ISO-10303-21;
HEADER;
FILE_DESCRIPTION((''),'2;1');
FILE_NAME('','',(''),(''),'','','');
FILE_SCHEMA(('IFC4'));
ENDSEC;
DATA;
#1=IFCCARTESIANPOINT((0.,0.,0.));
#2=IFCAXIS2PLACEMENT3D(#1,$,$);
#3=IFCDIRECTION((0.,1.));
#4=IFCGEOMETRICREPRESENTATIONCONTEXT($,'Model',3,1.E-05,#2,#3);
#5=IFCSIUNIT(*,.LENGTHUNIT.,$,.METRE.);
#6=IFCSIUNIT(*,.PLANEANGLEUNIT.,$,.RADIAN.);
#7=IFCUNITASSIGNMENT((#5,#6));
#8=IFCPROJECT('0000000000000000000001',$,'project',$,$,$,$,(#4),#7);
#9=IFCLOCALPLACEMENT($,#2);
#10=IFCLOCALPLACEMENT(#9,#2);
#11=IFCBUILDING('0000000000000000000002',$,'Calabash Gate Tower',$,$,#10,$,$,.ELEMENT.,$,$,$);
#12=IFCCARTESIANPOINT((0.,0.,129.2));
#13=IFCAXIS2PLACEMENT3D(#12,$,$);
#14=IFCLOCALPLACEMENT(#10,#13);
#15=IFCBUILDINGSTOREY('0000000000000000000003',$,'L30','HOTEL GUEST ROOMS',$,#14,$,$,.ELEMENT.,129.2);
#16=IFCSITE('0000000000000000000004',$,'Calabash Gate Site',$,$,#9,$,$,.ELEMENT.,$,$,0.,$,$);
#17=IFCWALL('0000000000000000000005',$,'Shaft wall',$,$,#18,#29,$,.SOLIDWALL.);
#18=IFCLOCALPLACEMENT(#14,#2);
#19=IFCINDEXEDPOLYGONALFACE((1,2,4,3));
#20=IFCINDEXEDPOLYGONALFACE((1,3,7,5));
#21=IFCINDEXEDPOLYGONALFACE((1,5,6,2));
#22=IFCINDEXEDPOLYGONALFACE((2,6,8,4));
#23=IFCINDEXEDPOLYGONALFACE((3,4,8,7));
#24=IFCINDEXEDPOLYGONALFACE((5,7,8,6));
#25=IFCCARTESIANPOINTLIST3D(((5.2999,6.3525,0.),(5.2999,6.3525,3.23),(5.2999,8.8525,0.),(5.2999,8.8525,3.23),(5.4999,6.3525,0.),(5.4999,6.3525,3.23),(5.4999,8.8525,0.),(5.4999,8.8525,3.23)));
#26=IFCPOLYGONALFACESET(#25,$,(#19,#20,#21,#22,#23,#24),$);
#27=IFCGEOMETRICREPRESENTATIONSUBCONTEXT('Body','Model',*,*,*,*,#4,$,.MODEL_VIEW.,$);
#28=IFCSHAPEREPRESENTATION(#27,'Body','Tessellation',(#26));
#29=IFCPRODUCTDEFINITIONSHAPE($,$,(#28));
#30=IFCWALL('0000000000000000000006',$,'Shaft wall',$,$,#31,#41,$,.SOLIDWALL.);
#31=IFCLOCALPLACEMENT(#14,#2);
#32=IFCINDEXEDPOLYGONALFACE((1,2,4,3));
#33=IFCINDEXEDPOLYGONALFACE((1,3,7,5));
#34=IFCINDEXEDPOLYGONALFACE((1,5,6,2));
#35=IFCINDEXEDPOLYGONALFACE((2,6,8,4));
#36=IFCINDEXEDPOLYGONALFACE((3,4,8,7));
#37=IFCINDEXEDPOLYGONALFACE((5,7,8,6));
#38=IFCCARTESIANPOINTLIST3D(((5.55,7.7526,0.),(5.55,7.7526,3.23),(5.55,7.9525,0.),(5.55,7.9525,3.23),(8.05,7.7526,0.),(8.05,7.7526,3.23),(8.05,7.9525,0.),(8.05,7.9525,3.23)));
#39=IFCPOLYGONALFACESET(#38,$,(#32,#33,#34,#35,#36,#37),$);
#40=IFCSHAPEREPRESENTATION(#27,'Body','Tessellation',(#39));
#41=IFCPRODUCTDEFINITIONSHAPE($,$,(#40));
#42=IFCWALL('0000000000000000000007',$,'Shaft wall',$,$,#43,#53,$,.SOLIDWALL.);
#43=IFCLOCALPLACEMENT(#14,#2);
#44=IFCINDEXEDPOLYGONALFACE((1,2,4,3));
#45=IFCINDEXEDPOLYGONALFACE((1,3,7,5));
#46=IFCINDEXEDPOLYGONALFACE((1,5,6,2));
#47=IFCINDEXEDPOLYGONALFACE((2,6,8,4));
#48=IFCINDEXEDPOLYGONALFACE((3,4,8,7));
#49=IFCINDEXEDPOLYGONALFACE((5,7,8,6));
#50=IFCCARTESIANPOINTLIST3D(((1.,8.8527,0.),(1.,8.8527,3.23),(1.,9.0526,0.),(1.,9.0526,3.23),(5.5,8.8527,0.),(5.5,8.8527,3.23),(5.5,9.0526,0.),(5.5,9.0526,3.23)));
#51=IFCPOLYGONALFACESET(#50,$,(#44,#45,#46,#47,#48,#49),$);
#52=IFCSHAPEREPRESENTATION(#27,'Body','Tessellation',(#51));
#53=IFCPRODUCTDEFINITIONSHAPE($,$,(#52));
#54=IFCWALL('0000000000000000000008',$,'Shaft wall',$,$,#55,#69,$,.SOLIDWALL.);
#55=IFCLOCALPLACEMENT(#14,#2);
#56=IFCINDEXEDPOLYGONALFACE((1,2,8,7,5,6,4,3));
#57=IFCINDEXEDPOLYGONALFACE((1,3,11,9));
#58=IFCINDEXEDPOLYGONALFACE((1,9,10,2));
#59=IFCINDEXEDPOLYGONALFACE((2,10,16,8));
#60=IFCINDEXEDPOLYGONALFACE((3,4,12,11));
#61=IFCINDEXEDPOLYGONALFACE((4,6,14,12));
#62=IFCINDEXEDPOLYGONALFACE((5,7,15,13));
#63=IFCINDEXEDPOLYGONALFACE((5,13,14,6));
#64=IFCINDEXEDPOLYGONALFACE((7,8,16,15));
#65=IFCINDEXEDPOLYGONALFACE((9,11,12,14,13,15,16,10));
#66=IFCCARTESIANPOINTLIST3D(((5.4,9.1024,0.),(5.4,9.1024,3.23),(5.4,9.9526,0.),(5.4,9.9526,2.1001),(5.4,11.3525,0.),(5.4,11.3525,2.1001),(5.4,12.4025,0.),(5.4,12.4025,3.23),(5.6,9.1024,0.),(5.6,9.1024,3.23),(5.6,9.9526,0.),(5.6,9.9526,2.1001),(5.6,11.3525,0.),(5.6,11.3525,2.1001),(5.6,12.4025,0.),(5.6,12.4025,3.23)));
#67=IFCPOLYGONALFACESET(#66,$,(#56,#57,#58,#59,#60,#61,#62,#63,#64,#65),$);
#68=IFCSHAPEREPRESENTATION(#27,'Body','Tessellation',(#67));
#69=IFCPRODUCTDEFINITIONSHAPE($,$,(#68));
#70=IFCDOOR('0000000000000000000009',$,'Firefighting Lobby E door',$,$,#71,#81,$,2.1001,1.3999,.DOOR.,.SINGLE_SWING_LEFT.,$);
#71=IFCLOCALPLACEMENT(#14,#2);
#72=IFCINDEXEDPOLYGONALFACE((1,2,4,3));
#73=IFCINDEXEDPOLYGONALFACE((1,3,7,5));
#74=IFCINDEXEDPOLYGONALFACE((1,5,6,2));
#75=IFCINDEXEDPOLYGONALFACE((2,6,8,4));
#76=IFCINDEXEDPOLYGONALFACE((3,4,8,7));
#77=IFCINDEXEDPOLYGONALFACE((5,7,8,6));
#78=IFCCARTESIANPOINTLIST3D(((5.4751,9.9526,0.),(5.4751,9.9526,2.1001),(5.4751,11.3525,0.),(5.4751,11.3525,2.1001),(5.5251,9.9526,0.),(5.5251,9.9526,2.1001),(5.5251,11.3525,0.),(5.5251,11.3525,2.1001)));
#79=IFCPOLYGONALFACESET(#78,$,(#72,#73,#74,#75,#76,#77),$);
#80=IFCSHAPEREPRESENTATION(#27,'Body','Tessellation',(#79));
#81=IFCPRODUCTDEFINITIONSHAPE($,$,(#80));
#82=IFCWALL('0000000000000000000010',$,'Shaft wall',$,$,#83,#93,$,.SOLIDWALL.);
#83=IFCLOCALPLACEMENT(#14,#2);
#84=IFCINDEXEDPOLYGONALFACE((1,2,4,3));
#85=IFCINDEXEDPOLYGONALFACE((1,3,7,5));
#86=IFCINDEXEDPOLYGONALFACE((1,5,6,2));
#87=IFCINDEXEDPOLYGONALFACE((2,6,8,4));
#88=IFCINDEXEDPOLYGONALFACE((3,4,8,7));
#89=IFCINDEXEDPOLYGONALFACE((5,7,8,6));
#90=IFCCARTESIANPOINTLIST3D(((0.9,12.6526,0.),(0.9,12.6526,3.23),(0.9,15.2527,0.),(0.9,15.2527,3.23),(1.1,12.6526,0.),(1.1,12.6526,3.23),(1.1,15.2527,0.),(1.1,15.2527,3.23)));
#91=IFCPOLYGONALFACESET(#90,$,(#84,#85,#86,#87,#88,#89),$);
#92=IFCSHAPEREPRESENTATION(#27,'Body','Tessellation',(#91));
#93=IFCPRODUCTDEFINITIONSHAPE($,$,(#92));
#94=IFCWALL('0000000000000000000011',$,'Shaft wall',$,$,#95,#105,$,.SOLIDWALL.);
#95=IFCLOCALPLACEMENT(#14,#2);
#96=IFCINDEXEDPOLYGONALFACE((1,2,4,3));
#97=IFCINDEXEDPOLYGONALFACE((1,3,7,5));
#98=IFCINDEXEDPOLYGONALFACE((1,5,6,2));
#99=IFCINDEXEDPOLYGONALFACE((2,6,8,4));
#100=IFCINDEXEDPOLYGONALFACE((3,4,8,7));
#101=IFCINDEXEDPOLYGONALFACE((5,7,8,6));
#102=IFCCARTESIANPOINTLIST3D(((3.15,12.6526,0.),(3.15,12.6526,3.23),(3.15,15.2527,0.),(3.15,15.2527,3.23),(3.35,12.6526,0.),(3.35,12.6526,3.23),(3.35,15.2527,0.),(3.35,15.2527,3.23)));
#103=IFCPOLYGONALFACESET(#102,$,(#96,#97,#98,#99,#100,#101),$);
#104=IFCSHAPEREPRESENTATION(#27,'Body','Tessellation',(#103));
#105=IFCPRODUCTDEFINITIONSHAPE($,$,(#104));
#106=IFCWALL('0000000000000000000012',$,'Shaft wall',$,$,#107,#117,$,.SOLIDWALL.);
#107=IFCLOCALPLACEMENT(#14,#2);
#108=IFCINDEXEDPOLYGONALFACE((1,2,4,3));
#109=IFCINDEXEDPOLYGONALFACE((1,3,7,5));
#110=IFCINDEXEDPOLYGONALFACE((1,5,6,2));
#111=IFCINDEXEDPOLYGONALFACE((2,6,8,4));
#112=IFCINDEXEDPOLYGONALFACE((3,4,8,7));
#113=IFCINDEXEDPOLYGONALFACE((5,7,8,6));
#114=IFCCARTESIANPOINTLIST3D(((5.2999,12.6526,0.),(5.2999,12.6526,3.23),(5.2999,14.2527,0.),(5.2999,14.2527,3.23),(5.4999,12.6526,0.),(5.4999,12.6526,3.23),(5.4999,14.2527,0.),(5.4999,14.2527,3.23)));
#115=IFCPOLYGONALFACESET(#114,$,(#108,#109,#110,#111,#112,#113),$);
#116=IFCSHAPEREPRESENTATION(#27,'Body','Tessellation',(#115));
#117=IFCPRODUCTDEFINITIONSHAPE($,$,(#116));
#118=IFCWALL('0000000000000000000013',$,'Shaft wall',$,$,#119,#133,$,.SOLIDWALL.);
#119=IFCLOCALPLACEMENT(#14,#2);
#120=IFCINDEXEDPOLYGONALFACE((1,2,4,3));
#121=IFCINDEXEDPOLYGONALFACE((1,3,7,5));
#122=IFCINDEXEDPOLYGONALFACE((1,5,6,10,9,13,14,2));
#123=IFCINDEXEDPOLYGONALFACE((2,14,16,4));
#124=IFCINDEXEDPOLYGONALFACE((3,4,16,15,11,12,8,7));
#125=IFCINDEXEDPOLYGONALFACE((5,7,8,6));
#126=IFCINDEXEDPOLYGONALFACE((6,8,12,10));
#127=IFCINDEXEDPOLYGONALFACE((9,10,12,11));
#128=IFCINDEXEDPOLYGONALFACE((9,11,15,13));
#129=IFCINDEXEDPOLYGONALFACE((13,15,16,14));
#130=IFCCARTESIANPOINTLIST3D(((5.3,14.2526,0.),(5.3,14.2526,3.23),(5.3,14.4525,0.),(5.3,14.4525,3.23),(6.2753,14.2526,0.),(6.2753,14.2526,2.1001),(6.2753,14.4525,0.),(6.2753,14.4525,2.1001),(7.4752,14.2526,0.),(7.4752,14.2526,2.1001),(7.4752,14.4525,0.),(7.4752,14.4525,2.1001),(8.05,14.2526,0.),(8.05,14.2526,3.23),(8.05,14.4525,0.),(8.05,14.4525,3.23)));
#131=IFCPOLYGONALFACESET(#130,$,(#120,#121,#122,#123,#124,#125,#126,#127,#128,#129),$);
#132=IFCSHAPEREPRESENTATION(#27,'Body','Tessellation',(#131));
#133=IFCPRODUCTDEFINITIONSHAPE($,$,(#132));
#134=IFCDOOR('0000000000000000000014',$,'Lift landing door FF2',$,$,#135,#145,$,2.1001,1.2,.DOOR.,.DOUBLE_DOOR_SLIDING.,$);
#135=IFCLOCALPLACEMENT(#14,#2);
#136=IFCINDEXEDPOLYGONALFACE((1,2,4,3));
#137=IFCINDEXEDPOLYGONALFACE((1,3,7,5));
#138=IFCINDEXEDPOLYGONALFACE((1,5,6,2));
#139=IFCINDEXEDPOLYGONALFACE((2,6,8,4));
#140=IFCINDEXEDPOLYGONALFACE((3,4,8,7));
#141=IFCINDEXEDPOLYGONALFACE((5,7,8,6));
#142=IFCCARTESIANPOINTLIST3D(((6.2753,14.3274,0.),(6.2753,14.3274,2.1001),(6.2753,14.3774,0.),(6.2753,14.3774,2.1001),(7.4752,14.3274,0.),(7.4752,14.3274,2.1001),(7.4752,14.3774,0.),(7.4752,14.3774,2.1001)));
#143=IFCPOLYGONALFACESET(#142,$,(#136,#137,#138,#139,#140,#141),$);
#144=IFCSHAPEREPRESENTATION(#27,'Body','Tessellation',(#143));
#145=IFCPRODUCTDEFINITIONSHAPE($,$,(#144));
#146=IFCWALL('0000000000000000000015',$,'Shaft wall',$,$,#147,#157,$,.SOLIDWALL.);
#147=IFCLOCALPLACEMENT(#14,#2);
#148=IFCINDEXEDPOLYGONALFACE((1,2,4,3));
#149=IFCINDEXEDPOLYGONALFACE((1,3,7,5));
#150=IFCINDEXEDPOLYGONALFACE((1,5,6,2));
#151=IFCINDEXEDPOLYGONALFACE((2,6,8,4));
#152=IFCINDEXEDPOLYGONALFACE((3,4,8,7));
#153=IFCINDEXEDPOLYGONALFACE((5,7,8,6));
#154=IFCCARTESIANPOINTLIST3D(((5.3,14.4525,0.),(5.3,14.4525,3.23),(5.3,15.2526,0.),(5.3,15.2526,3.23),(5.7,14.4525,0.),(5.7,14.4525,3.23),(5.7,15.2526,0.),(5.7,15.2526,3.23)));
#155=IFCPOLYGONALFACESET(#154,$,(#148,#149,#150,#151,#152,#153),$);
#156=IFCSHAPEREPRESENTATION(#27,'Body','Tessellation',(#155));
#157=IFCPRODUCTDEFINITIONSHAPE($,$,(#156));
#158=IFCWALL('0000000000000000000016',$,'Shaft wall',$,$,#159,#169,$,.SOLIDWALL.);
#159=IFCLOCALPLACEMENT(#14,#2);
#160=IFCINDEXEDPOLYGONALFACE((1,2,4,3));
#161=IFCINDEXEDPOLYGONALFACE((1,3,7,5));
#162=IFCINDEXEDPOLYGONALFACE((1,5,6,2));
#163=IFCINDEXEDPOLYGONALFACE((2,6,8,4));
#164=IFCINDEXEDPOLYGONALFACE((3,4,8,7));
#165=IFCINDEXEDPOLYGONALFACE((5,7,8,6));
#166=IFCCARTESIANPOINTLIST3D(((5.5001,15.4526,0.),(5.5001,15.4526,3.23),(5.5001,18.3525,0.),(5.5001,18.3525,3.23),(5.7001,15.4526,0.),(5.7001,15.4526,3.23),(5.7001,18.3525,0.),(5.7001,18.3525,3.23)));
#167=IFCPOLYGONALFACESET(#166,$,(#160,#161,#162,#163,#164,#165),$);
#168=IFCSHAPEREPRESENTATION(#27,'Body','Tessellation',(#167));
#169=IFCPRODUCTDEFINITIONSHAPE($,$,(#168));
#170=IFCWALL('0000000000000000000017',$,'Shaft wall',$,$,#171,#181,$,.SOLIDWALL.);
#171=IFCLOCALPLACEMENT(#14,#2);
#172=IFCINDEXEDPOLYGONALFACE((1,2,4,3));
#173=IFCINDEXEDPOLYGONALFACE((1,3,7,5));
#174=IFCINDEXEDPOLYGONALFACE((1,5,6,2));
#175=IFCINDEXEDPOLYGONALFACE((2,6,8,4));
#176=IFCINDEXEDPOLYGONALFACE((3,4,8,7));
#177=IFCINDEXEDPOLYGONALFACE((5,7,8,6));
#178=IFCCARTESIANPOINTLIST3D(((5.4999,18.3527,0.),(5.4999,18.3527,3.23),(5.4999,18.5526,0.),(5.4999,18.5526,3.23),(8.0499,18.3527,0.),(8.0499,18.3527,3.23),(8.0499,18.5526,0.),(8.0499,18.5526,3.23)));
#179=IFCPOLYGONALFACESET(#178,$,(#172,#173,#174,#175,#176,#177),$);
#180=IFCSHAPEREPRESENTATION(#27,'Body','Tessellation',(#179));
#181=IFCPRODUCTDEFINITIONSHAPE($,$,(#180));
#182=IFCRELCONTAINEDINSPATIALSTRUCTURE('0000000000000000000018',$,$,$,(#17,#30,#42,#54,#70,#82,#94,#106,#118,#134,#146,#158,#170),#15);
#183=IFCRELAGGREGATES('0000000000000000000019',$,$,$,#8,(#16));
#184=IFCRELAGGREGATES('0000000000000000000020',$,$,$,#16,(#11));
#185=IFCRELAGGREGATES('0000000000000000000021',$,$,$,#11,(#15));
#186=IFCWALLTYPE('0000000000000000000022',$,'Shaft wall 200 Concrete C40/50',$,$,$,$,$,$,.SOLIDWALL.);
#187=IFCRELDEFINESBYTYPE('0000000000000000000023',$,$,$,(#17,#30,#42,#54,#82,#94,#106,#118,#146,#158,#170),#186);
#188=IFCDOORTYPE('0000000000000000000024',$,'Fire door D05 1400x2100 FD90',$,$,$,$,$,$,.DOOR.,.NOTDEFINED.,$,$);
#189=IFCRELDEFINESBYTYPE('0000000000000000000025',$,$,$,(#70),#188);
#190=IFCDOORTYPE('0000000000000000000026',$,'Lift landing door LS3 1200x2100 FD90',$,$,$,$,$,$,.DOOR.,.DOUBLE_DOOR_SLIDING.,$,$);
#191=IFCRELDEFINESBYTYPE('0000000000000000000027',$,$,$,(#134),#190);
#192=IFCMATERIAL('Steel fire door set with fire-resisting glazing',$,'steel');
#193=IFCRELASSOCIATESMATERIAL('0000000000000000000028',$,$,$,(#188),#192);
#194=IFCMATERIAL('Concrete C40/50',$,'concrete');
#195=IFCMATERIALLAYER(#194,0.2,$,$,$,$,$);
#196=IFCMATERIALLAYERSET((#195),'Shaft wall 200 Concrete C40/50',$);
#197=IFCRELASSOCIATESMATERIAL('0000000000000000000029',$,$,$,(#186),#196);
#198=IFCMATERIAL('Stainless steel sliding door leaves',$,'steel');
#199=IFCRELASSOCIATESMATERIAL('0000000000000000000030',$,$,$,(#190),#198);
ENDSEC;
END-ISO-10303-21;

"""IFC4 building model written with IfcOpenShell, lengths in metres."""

from ifc_helpers import new_model, si_unit, direction, frame, frame_2d, origin, place, context, subcontext, project, spatial, rectangle, extrude, material, layer, layer_set, type_object, element, fill, save


model = new_model("IFC4")

# Units and contexts
model_context = context("Model", 3, precision=1e-05, world=origin(), true_north=direction((0.0, 1.0)))
body_context = subcontext(model_context, "Body", "Model", "MODEL_VIEW")
ifc_project = project(units=[si_unit("LENGTHUNIT", "METRE"), si_unit("PLANEANGLEUNIT", "RADIAN")], contexts=[model_context])

# Site, building, storey
site_placement = place(None, origin())
site = spatial("IfcSite", under=ifc_project, at=site_placement, Name="Calabash Gate Site", CompositionType="ELEMENT", RefElevation=0.0)
building_placement = place(site_placement, origin())
building = spatial("IfcBuilding", under=site, at=building_placement, Name="Calabash Gate Tower", CompositionType="ELEMENT")
storey_placement = place(building_placement, frame((0.0, 0.0, 129.2)))
storey = spatial("IfcBuildingStorey", under=building, at=storey_placement, Name="L30", Description="HOTEL GUEST ROOMS", CompositionType="ELEMENT", Elevation=129.2)

# Shared definitions
ifc_material_1 = material(Name="Steel fire door set with fire-resisting glazing", Category="steel")
door_type_1 = type_object("IfcDoorType", Name="Fire door D05 1400x2100 FD90", OperationType="NOTDEFINED", PredefinedType="DOOR", material=ifc_material_1)

# Walls
ifc_material_2 = material(Name="Concrete C40/50", Category="concrete")
ifc_layer_1 = layer(ifc_material_2, 0.2)
ifc_layer_set_1 = layer_set([ifc_layer_1], Name="Shaft wall 200 Concrete C40/50")
wall_type_1 = type_object("IfcWallType", Name="Shaft wall 200 Concrete C40/50", PredefinedType="SOLIDWALL", material=ifc_layer_set_1)
for number, where, z_axis, x_axis, name in (
    (1, (5.3999, 6.3525, 0.0), (0.0, 0.0, 1.0), (0.0, 1.0, 0.0), "Shaft wall"),
    (2, (5.55, 7.8525, 0.0), (0.0, 0.0, 1.0), (1.0, 0.0, 0.0), "Shaft wall"),
):
    element("IfcWall", number, at=place(storey_placement, frame(where, z_axis=z_axis, x_axis=x_axis)), inside=storey, type_object=wall_type_1, Name=name, PredefinedType="SOLIDWALL", context=body_context, shape_type="SweptSolid", body=[
        extrude(rectangle(XDim=2.5, YDim=0.2, at=frame_2d((1.25, 0.0))), origin(), (0.0, 0.0, 1.0), 3.23),
    ])
wall_1_placement = place(storey_placement, frame((1.0, 8.9526, 0.0), z_axis=(0.0, 0.0, 1.0), x_axis=(1.0, 0.0, 0.0)))
element("IfcWall", 3, at=wall_1_placement, inside=storey, type_object=wall_type_1, Name="Shaft wall", PredefinedType="SOLIDWALL", context=body_context, shape_type="SweptSolid", body=[
    extrude(rectangle(XDim=4.5, YDim=0.2, at=frame_2d((2.25, 0.0))), origin(), (0.0, 0.0, 1.0), 3.23),
])

# Wall, opening, door
wall_2_placement = place(storey_placement, frame((5.5, 9.1025, 0.0), z_axis=(0.0, 0.0, 1.0), x_axis=(0.0, 1.0, 0.0)))
wall_2 = element("IfcWall", 4, at=wall_2_placement, inside=storey, type_object=wall_type_1, Name="Shaft wall", PredefinedType="SOLIDWALL", context=body_context, shape_type="SweptSolid", body=[
    extrude(rectangle(XDim=3.3, YDim=0.2, at=frame_2d((1.6499, 0.0))), origin(), (0.0, 0.0, 1.0), 3.23),
])
opening_1_placement = place(wall_2_placement, frame((0.8501, 0.0, 0.0)))
opening_1 = element("IfcOpeningElement", 5, at=opening_1_placement, cuts=wall_2, PredefinedType="OPENING", context=body_context, shape_type="SweptSolid", body=[
    extrude(rectangle(XDim=1.3999, YDim=2.1001, at=frame_2d((0.7, 1.05))), frame((0.0, 0.1099, 0.0), z_axis=(0.0, -1.0, 0.0), x_axis=(1.0, 0.0, 0.0)), (0.0, 0.0, 1.0), 0.22),
])
door_1_placement = place(opening_1_placement, origin())
door_1 = element("IfcDoor", 6, at=door_1_placement, inside=storey, type_object=door_type_1, Name="Firefighting Lobby E door", OperationType="SINGLE_SWING_LEFT", OverallHeight=2.1001, OverallWidth=1.3999, PredefinedType="DOOR", context=body_context, shape_type="SweptSolid", body=[
    extrude(rectangle(XDim=1.3999, YDim=2.1001, at=frame_2d((0.7, 1.05))), frame((0.0, 0.0249, 0.0), z_axis=(0.0, -1.0, 0.0), x_axis=(1.0, 0.0, 0.0)), (0.0, 0.0, 1.0), 0.05),
])
fill(opening_1, door_1)

# Walls
for number, where, z_axis, x_axis, name in (
    (7, (1.0, 12.6526, 0.0), (0.0, 0.0, 1.0), (0.0, 1.0, 0.0), "Shaft wall"),
    (8, (3.25, 12.6526, 0.0), (0.0, 0.0, 1.0), (0.0, 1.0, 0.0), "Shaft wall"),
):
    element("IfcWall", number, at=place(storey_placement, frame(where, z_axis=z_axis, x_axis=x_axis)), inside=storey, type_object=wall_type_1, Name=name, PredefinedType="SOLIDWALL", context=body_context, shape_type="SweptSolid", body=[
        extrude(rectangle(XDim=2.6001, YDim=0.2, at=frame_2d((1.3, 0.0))), origin(), (0.0, 0.0, 1.0), 3.23),
    ])
wall_3_placement = place(storey_placement, frame((5.3999, 12.6526, 0.0), z_axis=(0.0, 0.0, 1.0), x_axis=(0.0, 1.0, 0.0)))
element("IfcWall", 9, at=wall_3_placement, inside=storey, type_object=wall_type_1, Name="Shaft wall", PredefinedType="SOLIDWALL", context=body_context, shape_type="SweptSolid", body=[
    extrude(rectangle(XDim=1.6001, YDim=0.2, at=frame_2d((0.8, 0.0))), origin(), (0.0, 0.0, 1.0), 3.23),
])

# Wall, opening, door
wall_4_placement = place(storey_placement, frame((5.3, 14.3525, 0.0), z_axis=(0.0, 0.0, 1.0), x_axis=(1.0, 0.0, 0.0)))
wall_4 = element("IfcWall", 10, at=wall_4_placement, inside=storey, type_object=wall_type_1, Name="Shaft wall", PredefinedType="SOLIDWALL", context=body_context, shape_type="SweptSolid", body=[
    extrude(rectangle(XDim=2.75, YDim=0.2, at=frame_2d((1.375, 0.0))), origin(), (0.0, 0.0, 1.0), 3.23),
])
opening_2_placement = place(wall_4_placement, frame((0.9751, 0.0, 0.0)))
opening_2 = element("IfcOpeningElement", 11, at=opening_2_placement, cuts=wall_4, PredefinedType="OPENING", context=body_context, shape_type="SweptSolid", body=[
    extrude(rectangle(XDim=1.2, YDim=2.1001, at=frame_2d((0.6001, 1.05))), frame((0.0, 0.1099, 0.0), z_axis=(0.0, -1.0, 0.0), x_axis=(1.0, 0.0, 0.0)), (0.0, 0.0, 1.0), 0.22),
])
ifc_material_3 = material(Name="Stainless steel sliding door leaves", Category="steel")
door_type_2 = type_object("IfcDoorType", Name="Lift landing door LS3 1200x2100 FD90", OperationType="DOUBLE_DOOR_SLIDING", PredefinedType="DOOR", material=ifc_material_3)
door_2_placement = place(opening_2_placement, origin())
door_2 = element("IfcDoor", 12, at=door_2_placement, inside=storey, type_object=door_type_2, Name="Lift landing door FF2", OperationType="DOUBLE_DOOR_SLIDING", OverallHeight=2.1001, OverallWidth=1.2, PredefinedType="DOOR", context=body_context, shape_type="SweptSolid", body=[
    extrude(rectangle(XDim=1.2, YDim=2.1001, at=frame_2d((0.6001, 1.05))), frame((0.0, 0.0249, 0.0), z_axis=(0.0, -1.0, 0.0), x_axis=(1.0, 0.0, 0.0)), (0.0, 0.0, 1.0), 0.05),
])
fill(opening_2, door_2)

# Walls
wall_5_placement = place(storey_placement, frame((5.5, 14.4526, 0.0), z_axis=(0.0, 0.0, 1.0), x_axis=(0.0, 1.0, 0.0)))
element("IfcWall", 13, at=wall_5_placement, inside=storey, type_object=wall_type_1, Name="Shaft wall", PredefinedType="SOLIDWALL", context=body_context, shape_type="SweptSolid", body=[
    extrude(rectangle(XDim=0.8, YDim=0.3999, at=frame_2d((0.3999, 0.0))), origin(), (0.0, 0.0, 1.0), 3.23),
])
wall_6_placement = place(storey_placement, frame((5.6001, 15.4526, 0.0), z_axis=(0.0, 0.0, 1.0), x_axis=(0.0, 1.0, 0.0)))
element("IfcWall", 14, at=wall_6_placement, inside=storey, type_object=wall_type_1, Name="Shaft wall", PredefinedType="SOLIDWALL", context=body_context, shape_type="SweptSolid", body=[
    extrude(rectangle(XDim=2.8999, YDim=0.2, at=frame_2d((1.45, 0.0))), origin(), (0.0, 0.0, 1.0), 3.23),
])
wall_7_placement = place(storey_placement, frame((5.5, 18.4526, 0.0), z_axis=(0.0, 0.0, 1.0), x_axis=(1.0, 0.0, 0.0)))
element("IfcWall", 15, at=wall_7_placement, inside=storey, type_object=wall_type_1, Name="Shaft wall", PredefinedType="SOLIDWALL", context=body_context, shape_type="SweptSolid", body=[
    extrude(rectangle(XDim=2.55, YDim=0.2, at=frame_2d((1.2749, 0.0))), origin(), (0.0, 0.0, 1.0), 3.23),
])

save(model, "model.ifc")
